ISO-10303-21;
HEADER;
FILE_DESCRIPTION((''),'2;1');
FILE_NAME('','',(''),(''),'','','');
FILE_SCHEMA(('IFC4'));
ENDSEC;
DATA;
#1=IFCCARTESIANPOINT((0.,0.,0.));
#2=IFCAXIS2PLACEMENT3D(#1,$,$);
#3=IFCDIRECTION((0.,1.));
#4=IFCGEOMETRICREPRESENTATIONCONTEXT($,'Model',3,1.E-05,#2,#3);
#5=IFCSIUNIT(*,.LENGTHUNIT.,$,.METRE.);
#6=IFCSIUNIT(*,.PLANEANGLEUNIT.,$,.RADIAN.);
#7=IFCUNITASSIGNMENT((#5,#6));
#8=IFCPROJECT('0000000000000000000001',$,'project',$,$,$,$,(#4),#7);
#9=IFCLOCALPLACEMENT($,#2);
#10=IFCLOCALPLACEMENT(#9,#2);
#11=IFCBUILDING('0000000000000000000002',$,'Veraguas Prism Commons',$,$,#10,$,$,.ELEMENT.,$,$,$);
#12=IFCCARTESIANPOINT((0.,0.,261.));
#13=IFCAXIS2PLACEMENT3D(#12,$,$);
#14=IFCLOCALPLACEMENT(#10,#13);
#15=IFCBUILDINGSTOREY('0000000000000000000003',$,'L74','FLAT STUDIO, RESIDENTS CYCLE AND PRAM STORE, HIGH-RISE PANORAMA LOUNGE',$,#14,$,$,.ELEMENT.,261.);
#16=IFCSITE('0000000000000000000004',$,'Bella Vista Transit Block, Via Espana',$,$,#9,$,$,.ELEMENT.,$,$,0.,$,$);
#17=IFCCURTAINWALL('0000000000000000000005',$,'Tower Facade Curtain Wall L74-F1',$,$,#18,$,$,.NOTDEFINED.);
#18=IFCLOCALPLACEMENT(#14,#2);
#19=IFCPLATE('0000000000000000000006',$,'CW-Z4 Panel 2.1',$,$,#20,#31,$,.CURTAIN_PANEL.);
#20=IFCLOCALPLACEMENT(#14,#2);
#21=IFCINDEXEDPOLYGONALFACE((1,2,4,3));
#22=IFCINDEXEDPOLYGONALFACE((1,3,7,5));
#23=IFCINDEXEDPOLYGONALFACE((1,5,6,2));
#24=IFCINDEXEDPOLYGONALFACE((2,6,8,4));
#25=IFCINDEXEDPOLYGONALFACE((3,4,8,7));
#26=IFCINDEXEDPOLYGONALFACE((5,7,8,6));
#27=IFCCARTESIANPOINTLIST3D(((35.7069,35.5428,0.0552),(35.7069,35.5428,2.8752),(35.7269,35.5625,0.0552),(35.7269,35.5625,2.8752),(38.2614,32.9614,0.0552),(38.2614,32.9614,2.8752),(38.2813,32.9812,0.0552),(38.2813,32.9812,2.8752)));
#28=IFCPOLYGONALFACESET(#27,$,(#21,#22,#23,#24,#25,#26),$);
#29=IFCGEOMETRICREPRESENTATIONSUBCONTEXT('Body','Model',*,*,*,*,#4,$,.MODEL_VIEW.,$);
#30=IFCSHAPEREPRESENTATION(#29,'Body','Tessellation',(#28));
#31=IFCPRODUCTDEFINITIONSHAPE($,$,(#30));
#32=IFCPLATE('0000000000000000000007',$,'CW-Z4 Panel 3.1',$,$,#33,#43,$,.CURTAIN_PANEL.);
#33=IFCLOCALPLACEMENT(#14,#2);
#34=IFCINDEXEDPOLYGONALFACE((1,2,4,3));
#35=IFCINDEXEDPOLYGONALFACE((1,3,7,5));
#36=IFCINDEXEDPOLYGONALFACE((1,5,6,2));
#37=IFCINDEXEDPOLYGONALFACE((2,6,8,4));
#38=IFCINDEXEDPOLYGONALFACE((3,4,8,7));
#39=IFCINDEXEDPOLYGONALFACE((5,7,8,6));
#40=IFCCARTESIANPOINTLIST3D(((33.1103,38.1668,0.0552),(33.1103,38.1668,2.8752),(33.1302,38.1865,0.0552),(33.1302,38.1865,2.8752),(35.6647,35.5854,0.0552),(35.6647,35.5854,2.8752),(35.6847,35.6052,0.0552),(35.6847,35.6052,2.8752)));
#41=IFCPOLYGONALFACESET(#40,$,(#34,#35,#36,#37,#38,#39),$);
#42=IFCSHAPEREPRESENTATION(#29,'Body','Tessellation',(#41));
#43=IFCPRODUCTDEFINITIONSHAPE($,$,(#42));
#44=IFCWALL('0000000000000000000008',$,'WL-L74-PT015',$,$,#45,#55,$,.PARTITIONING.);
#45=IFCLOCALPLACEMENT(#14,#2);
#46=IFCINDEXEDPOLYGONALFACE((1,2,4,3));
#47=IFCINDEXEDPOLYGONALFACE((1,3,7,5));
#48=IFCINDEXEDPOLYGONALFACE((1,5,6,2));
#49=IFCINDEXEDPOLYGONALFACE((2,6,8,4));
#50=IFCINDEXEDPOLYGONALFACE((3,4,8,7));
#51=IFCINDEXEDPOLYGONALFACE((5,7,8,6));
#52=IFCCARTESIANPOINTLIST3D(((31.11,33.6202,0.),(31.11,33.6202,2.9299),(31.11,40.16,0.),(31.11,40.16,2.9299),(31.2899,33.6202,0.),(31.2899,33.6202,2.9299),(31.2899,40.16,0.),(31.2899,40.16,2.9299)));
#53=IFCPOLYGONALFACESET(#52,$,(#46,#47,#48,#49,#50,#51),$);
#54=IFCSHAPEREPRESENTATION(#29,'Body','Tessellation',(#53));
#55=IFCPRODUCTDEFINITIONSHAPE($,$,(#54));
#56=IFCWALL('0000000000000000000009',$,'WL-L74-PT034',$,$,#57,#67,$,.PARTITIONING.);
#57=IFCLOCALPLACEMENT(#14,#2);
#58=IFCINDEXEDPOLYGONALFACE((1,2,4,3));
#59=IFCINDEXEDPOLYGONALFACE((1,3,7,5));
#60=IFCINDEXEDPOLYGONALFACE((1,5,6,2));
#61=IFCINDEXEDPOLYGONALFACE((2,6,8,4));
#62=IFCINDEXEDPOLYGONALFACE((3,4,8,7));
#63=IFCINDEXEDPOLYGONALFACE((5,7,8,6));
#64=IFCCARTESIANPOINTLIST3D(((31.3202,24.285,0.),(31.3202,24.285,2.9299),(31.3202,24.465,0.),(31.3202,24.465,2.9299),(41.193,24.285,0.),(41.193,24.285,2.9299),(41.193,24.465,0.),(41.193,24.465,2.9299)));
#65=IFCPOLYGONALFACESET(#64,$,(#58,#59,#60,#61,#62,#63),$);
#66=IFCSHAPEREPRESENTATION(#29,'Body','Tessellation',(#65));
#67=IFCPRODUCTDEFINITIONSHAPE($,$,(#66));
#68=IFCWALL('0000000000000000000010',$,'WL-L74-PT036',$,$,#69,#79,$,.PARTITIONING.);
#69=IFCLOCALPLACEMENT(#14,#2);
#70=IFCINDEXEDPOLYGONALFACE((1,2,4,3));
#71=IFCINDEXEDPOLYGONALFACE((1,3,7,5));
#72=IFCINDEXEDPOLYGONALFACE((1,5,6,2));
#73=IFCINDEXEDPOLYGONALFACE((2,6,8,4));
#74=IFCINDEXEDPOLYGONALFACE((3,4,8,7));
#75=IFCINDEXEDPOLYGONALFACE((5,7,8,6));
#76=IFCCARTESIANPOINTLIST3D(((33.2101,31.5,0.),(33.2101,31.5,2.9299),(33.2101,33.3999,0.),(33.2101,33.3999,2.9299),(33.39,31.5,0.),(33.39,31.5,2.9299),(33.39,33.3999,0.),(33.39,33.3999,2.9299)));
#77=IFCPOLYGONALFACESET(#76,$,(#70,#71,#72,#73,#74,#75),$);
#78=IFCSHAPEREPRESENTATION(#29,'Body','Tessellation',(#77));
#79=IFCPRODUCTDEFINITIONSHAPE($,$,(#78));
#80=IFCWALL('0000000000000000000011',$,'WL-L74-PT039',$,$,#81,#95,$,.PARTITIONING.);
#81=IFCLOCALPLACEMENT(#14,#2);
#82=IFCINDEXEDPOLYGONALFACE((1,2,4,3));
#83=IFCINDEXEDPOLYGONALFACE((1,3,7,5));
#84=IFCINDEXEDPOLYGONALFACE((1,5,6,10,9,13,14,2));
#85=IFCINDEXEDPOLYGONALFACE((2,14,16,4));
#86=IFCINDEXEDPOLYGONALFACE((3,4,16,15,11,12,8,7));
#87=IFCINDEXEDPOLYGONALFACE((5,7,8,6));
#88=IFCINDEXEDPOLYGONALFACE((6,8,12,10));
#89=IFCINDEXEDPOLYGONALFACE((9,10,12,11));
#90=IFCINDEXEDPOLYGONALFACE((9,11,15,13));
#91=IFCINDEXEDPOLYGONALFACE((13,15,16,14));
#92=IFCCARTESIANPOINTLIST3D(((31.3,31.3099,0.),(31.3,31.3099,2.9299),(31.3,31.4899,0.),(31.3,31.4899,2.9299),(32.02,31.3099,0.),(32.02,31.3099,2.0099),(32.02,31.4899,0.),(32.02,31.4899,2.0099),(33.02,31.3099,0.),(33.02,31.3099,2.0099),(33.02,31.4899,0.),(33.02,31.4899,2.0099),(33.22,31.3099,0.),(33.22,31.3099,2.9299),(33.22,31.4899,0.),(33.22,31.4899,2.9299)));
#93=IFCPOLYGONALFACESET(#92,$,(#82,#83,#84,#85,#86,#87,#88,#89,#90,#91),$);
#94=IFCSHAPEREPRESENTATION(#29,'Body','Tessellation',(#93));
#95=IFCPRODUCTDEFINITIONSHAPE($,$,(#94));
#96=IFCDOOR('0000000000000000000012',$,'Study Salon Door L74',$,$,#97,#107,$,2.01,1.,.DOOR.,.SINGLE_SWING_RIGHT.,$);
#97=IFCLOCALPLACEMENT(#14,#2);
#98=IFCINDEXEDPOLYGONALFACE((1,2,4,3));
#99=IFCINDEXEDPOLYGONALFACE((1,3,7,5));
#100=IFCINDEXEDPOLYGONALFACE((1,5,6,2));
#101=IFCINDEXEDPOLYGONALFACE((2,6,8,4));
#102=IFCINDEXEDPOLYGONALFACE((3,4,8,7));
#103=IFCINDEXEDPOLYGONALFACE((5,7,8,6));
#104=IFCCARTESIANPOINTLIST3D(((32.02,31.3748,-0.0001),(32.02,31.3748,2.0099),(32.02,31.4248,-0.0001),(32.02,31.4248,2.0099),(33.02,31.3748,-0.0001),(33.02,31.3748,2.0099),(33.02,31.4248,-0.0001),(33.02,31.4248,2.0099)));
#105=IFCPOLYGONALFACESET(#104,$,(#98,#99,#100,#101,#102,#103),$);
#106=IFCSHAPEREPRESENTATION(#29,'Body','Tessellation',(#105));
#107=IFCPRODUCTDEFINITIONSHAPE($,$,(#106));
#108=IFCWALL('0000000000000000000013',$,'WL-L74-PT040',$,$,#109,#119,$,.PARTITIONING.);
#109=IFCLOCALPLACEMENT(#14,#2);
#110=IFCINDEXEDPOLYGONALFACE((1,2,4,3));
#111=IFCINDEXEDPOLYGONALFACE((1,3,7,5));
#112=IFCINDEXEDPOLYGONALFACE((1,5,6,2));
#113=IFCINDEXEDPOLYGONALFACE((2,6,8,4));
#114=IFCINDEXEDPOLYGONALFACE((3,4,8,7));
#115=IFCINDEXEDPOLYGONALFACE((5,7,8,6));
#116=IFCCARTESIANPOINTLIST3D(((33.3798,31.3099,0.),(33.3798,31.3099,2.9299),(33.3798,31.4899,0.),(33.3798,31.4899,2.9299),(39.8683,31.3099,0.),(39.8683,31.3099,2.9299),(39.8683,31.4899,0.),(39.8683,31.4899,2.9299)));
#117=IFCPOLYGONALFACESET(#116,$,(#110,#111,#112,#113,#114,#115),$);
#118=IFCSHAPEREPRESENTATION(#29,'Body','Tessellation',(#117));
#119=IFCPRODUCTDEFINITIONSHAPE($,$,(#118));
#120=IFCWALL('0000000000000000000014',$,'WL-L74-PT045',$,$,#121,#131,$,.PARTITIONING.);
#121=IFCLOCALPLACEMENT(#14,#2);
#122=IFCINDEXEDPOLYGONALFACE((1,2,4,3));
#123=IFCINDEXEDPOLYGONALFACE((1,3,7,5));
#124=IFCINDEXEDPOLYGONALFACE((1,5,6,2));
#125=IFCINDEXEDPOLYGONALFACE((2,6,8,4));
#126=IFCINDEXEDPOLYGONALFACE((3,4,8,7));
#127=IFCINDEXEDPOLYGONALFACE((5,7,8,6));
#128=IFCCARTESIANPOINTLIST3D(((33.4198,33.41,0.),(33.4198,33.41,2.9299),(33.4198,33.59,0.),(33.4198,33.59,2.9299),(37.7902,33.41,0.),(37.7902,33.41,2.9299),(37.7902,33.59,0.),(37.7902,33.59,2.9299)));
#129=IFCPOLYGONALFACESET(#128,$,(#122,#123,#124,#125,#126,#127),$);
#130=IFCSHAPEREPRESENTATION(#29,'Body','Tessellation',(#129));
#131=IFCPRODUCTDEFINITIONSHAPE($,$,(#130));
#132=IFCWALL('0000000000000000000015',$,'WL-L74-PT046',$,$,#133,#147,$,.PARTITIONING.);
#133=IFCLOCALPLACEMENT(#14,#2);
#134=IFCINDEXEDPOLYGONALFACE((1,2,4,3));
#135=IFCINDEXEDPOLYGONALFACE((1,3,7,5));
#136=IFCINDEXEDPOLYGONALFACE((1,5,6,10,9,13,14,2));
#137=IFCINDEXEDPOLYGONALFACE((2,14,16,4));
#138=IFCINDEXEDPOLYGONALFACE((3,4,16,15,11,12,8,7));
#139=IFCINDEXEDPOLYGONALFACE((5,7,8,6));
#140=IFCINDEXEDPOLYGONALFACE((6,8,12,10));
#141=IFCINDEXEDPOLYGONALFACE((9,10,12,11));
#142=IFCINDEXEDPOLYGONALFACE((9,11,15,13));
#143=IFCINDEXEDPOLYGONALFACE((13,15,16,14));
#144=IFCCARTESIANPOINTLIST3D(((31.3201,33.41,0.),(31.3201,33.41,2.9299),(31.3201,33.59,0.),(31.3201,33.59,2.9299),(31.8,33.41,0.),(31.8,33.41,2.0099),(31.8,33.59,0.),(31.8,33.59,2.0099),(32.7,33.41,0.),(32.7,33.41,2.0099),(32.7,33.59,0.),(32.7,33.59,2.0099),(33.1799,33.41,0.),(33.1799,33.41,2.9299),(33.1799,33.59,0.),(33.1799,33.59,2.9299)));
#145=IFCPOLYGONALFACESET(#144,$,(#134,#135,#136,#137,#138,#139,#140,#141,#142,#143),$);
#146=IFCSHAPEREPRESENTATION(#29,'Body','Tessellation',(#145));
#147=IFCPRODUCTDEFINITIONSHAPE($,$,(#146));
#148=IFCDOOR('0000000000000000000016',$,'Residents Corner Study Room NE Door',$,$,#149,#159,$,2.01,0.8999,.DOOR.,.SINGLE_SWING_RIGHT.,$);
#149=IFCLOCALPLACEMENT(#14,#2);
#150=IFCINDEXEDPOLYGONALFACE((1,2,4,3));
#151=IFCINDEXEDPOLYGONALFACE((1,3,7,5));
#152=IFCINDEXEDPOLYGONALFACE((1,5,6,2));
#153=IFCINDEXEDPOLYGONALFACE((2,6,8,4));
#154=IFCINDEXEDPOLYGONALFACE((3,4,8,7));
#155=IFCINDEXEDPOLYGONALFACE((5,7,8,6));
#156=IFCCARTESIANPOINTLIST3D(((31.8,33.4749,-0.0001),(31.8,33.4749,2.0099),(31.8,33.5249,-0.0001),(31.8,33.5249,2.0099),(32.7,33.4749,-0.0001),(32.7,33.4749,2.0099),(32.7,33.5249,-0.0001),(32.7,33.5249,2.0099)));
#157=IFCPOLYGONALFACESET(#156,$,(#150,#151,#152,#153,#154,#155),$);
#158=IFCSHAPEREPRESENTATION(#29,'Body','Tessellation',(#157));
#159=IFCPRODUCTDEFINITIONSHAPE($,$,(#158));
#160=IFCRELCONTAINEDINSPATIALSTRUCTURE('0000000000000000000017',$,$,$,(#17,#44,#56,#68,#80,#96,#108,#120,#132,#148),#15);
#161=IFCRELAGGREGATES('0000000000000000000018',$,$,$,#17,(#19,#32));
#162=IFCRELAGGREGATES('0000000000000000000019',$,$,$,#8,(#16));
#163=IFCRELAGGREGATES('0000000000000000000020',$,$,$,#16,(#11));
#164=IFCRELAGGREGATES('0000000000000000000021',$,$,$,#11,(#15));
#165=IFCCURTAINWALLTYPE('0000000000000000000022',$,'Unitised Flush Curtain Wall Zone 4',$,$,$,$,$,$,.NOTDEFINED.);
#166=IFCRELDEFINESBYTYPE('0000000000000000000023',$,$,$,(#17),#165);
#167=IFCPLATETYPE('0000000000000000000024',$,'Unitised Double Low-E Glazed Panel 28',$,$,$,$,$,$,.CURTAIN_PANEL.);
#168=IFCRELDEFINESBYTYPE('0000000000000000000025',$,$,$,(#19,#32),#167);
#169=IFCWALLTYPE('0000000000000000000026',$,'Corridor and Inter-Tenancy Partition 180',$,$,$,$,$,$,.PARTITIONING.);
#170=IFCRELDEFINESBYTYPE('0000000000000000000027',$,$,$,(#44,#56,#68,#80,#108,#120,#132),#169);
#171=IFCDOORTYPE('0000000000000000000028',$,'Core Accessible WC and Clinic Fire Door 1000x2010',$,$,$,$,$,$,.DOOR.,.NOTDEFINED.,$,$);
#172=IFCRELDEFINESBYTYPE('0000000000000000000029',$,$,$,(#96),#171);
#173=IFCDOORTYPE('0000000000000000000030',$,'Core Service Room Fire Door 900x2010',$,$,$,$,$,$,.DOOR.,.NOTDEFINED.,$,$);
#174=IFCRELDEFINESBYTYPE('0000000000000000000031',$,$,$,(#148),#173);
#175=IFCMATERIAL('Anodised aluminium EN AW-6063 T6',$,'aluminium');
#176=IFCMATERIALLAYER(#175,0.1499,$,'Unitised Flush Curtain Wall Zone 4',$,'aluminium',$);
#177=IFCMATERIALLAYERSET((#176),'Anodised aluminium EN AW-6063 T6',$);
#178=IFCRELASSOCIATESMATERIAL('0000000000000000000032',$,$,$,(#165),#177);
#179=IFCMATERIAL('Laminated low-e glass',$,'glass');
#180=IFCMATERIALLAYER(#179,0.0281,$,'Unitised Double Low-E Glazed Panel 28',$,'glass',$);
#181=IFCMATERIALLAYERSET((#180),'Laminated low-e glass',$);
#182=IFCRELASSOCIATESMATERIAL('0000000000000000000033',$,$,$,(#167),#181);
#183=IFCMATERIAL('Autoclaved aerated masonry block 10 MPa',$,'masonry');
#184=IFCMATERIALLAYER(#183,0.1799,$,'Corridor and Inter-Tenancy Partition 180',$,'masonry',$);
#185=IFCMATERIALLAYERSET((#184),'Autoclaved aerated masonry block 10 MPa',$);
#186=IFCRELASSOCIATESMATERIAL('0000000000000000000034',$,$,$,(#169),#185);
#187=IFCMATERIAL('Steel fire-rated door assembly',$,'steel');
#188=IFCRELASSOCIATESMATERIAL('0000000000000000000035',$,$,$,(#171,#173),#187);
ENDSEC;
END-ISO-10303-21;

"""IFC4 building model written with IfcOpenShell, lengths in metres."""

from ifc_helpers import new_model, si_unit, direction, frame, frame_2d, origin, origin_2d, place, context, subcontext, project, spatial, rectangle, extrude, source, transform, mapped, material, layer, layer_set, type_object, element, fill, aggregate, save


model = new_model("IFC4")

# Units and contexts
model_context = context("Model", 3, precision=1e-05, world=origin(), true_north=direction((0.0, 1.0)))
body_context = subcontext(model_context, "Body", "Model", "MODEL_VIEW")
ifc_project = project(units=[si_unit("LENGTHUNIT", "METRE"), si_unit("PLANEANGLEUNIT", "RADIAN")], contexts=[model_context])

# Site, building, storey
site_placement = place(None, origin())
site = spatial("IfcSite", under=ifc_project, at=site_placement, Name="Bella Vista Transit Block, Via Espana", CompositionType="ELEMENT", RefElevation=0.0)
building_placement = place(site_placement, origin())
building = spatial("IfcBuilding", under=site, at=building_placement, Name="Veraguas Prism Commons", CompositionType="ELEMENT")
storey_placement = place(building_placement, frame((0.0, 0.0, 261.0)))
storey = spatial("IfcBuildingStorey", under=building, at=storey_placement, Name="L74", Description="FLAT STUDIO, RESIDENTS CYCLE AND PRAM STORE, HIGH-RISE PANORAMA LOUNGE", CompositionType="ELEMENT", Elevation=261.0)

# Curtain wall
ifc_material_1 = material(Name="Anodised aluminium EN AW-6063 T6", Category="aluminium")
ifc_layer_1 = layer(ifc_material_1, 0.1499, Name="Unitised Flush Curtain Wall Zone 4", Category="aluminium")
ifc_layer_set_1 = layer_set([ifc_layer_1], Name="Anodised aluminium EN AW-6063 T6")
curtain_wall_type = type_object("IfcCurtainWallType", Name="Unitised Flush Curtain Wall Zone 4", PredefinedType="NOTDEFINED", material=ifc_layer_set_1)
curtain_wall_1_placement = place(storey_placement, origin())
curtain_wall_1 = element("IfcCurtainWall", 1, at=curtain_wall_1_placement, inside=storey, type_object=curtain_wall_type, Name="Tower Facade Curtain Wall L74-F1", PredefinedType="NOTDEFINED")

# Plates
ifc_material_2 = material(Name="Laminated low-e glass", Category="glass")
ifc_layer_2 = layer(ifc_material_2, 0.0281, Name="Unitised Double Low-E Glazed Panel 28", Category="glass")
ifc_layer_set_2 = layer_set([ifc_layer_2], Name="Laminated low-e glass")
plate_type = type_object("IfcPlateType", Name="Unitised Double Low-E Glazed Panel 28", PredefinedType="CURTAIN_PANEL", material=ifc_layer_set_2)
shared_shape_1 = source(origin(), body_context, "Body", "SweptSolid", [
    extrude(rectangle(XDim=3.6316, YDim=0.0281, at=origin_2d()), origin(), (0.0, 0.0, 1.0), 2.8201),
])
plate_1_placement = place(storey_placement, frame((36.9941, 34.262, 0.0552), z_axis=(0.0, 0.0, 1.0), x_axis=(-0.703392, 0.710802, 0.0)))
plate_1 = element("IfcPlate", 2, at=plate_1_placement, type_object=plate_type, Name="CW-Z4 Panel 2.1", PredefinedType="CURTAIN_PANEL", context=body_context, shape_type="MappedRepresentation", body=[
    mapped(shared_shape_1, transform((0.0, 0.0, 0.0), scale=1.0)),
])
plate_2_placement = place(storey_placement, frame((34.3975, 36.886, 0.0552), z_axis=(0.0, 0.0, 1.0), x_axis=(-0.703392, 0.710802, 0.0)))
plate_2 = element("IfcPlate", 3, at=plate_2_placement, type_object=plate_type, Name="CW-Z4 Panel 3.1", PredefinedType="CURTAIN_PANEL", context=body_context, shape_type="MappedRepresentation", body=[
    mapped(shared_shape_1, transform((0.0, 0.0, 0.0), scale=1.0)),
])
aggregate(curtain_wall_1, [plate_1, plate_2])

# Walls
ifc_material_3 = material(Name="Autoclaved aerated masonry block 10 MPa", Category="masonry")
ifc_layer_3 = layer(ifc_material_3, 0.1799, Name="Corridor and Inter-Tenancy Partition 180", Category="masonry")
ifc_layer_set_3 = layer_set([ifc_layer_3], Name="Autoclaved aerated masonry block 10 MPa")
wall_type_1 = type_object("IfcWallType", Name="Corridor and Inter-Tenancy Partition 180", PredefinedType="PARTITIONING", material=ifc_layer_set_3)
wall_1_placement = place(storey_placement, frame((31.2, 33.6201, 0.0), z_axis=(0.0, 0.0, 1.0), x_axis=(0.0, 1.0, 0.0)))
element("IfcWall", 4, at=wall_1_placement, inside=storey, type_object=wall_type_1, Name="WL-L74-PT015", PredefinedType="PARTITIONING", context=body_context, shape_type="SweptSolid", body=[
    extrude(rectangle(XDim=6.5398, YDim=0.1799, at=frame_2d((3.27, 0.0))), origin(), (0.0, 0.0, 1.0), 2.9299),
])
wall_2_placement = place(storey_placement, frame((31.3201, 24.375, 0.0), z_axis=(0.0, 0.0, 1.0), x_axis=(1.0, 0.0, 0.0)))
element("IfcWall", 5, at=wall_2_placement, inside=storey, type_object=wall_type_1, Name="WL-L74-PT034", PredefinedType="PARTITIONING", context=body_context, shape_type="SweptSolid", body=[
    extrude(rectangle(XDim=9.8728, YDim=0.1799, at=frame_2d((4.9365, 0.0))), origin(), (0.0, 0.0, 1.0), 2.9299),
])
wall_3_placement = place(storey_placement, frame((33.3, 31.5, 0.0), z_axis=(0.0, 0.0, 1.0), x_axis=(0.0, 1.0, 0.0)))
element("IfcWall", 6, at=wall_3_placement, inside=storey, type_object=wall_type_1, Name="WL-L74-PT036", PredefinedType="PARTITIONING", context=body_context, shape_type="SweptSolid", body=[
    extrude(rectangle(XDim=1.8999, YDim=0.1799, at=frame_2d((0.95, 0.0))), origin(), (0.0, 0.0, 1.0), 2.9299),
])

# Wall, opening, door
wall_4_placement = place(storey_placement, frame((31.3, 31.3999, 0.0), z_axis=(0.0, 0.0, 1.0), x_axis=(1.0, 0.0, 0.0)))
wall_4 = element("IfcWall", 7, at=wall_4_placement, inside=storey, type_object=wall_type_1, Name="WL-L74-PT039", PredefinedType="PARTITIONING", context=body_context, shape_type="SweptSolid", body=[
    extrude(rectangle(XDim=1.9199, YDim=0.1799, at=frame_2d((0.96, 0.0))), origin(), (0.0, 0.0, 1.0), 2.9299),
])
opening_1_placement = place(wall_4_placement, frame((0.72, 0.0, 0.0)))
opening_1 = element("IfcOpeningElement", 8, at=opening_1_placement, cuts=wall_4, PredefinedType="OPENING", context=body_context, shape_type="SweptSolid", body=[
    extrude(rectangle(XDim=1.0, YDim=2.01, at=frame_2d((0.5, 1.0049))), frame((0.0, 0.0999, 0.0), z_axis=(0.0, -1.0, 0.0), x_axis=(1.0, 0.0, 0.0)), (0.0, 0.0, 1.0), 0.2),
])
ifc_material_4 = material(Name="Steel fire-rated door assembly", Category="steel")
door_type_1 = type_object("IfcDoorType", Name="Core Accessible WC and Clinic Fire Door 1000x2010", OperationType="NOTDEFINED", PredefinedType="DOOR", material=ifc_material_4)
shared_shape_2 = source(origin(), body_context, "Body", "SweptSolid", [
    extrude(rectangle(XDim=1.0, YDim=2.01, at=frame_2d((0.5, 1.0049))), frame((0.0, 0.0249, 0.0), z_axis=(0.0, -1.0, 0.0), x_axis=(1.0, 0.0, 0.0)), (0.0, 0.0, 1.0), 0.05),
])
door_1_placement = place(opening_1_placement, origin())
door_1 = element("IfcDoor", 9, at=door_1_placement, inside=storey, type_object=door_type_1, Name="Study Salon Door L74", OperationType="SINGLE_SWING_RIGHT", OverallHeight=2.01, OverallWidth=1.0, PredefinedType="DOOR", context=body_context, shape_type="MappedRepresentation", body=[
    mapped(shared_shape_2, transform((0.0, 0.0, 0.0), scale=1.0)),
])
fill(opening_1, door_1)

# Walls
wall_5_placement = place(storey_placement, frame((33.3799, 31.3999, 0.0), z_axis=(0.0, 0.0, 1.0), x_axis=(1.0, 0.0, 0.0)))
element("IfcWall", 10, at=wall_5_placement, inside=storey, type_object=wall_type_1, Name="WL-L74-PT040", PredefinedType="PARTITIONING", context=body_context, shape_type="SweptSolid", body=[
    extrude(rectangle(XDim=6.4885, YDim=0.1799, at=frame_2d((3.2441, 0.0))), origin(), (0.0, 0.0, 1.0), 2.9299),
])
wall_6_placement = place(storey_placement, frame((33.4199, 33.5, 0.0), z_axis=(0.0, 0.0, 1.0), x_axis=(1.0, 0.0, 0.0)))
element("IfcWall", 11, at=wall_6_placement, inside=storey, type_object=wall_type_1, Name="WL-L74-PT045", PredefinedType="PARTITIONING", context=body_context, shape_type="SweptSolid", body=[
    extrude(rectangle(XDim=4.3704, YDim=0.1799, at=frame_2d((2.1851, 0.0))), origin(), (0.0, 0.0, 1.0), 2.9299),
])

# Wall, opening, door
wall_7_placement = place(storey_placement, frame((31.3201, 33.5, 0.0), z_axis=(0.0, 0.0, 1.0), x_axis=(1.0, 0.0, 0.0)))
wall_7 = element("IfcWall", 12, at=wall_7_placement, inside=storey, type_object=wall_type_1, Name="WL-L74-PT046", PredefinedType="PARTITIONING", context=body_context, shape_type="SweptSolid", body=[
    extrude(rectangle(XDim=1.8599, YDim=0.1799, at=frame_2d((0.9299, 0.0))), origin(), (0.0, 0.0, 1.0), 2.9299),
])
opening_2_placement = place(wall_7_placement, frame((0.48, 0.0, 0.0)))
opening_2 = element("IfcOpeningElement", 13, at=opening_2_placement, cuts=wall_7, PredefinedType="OPENING", context=body_context, shape_type="SweptSolid", body=[
    extrude(rectangle(XDim=0.8999, YDim=2.01, at=frame_2d((0.45, 1.0049))), frame((0.0, 0.0999, 0.0), z_axis=(0.0, -1.0, 0.0), x_axis=(1.0, 0.0, 0.0)), (0.0, 0.0, 1.0), 0.2),
])
door_type_2 = type_object("IfcDoorType", Name="Core Service Room Fire Door 900x2010", OperationType="NOTDEFINED", PredefinedType="DOOR", material=ifc_material_4)
shared_shape_3 = source(origin(), body_context, "Body", "SweptSolid", [
    extrude(rectangle(XDim=0.8999, YDim=2.01, at=frame_2d((0.45, 1.0049))), frame((0.0, 0.0249, 0.0), z_axis=(0.0, -1.0, 0.0), x_axis=(1.0, 0.0, 0.0)), (0.0, 0.0, 1.0), 0.05),
])
door_2_placement = place(opening_2_placement, origin())
door_2 = element("IfcDoor", 14, at=door_2_placement, inside=storey, type_object=door_type_2, Name="Residents Corner Study Room NE Door", OperationType="SINGLE_SWING_RIGHT", OverallHeight=2.01, OverallWidth=0.8999, PredefinedType="DOOR", context=body_context, shape_type="MappedRepresentation", body=[
    mapped(shared_shape_3, transform((0.0, 0.0, 0.0), scale=1.0)),
])
fill(opening_2, door_2)

save(model, "model.ifc")
